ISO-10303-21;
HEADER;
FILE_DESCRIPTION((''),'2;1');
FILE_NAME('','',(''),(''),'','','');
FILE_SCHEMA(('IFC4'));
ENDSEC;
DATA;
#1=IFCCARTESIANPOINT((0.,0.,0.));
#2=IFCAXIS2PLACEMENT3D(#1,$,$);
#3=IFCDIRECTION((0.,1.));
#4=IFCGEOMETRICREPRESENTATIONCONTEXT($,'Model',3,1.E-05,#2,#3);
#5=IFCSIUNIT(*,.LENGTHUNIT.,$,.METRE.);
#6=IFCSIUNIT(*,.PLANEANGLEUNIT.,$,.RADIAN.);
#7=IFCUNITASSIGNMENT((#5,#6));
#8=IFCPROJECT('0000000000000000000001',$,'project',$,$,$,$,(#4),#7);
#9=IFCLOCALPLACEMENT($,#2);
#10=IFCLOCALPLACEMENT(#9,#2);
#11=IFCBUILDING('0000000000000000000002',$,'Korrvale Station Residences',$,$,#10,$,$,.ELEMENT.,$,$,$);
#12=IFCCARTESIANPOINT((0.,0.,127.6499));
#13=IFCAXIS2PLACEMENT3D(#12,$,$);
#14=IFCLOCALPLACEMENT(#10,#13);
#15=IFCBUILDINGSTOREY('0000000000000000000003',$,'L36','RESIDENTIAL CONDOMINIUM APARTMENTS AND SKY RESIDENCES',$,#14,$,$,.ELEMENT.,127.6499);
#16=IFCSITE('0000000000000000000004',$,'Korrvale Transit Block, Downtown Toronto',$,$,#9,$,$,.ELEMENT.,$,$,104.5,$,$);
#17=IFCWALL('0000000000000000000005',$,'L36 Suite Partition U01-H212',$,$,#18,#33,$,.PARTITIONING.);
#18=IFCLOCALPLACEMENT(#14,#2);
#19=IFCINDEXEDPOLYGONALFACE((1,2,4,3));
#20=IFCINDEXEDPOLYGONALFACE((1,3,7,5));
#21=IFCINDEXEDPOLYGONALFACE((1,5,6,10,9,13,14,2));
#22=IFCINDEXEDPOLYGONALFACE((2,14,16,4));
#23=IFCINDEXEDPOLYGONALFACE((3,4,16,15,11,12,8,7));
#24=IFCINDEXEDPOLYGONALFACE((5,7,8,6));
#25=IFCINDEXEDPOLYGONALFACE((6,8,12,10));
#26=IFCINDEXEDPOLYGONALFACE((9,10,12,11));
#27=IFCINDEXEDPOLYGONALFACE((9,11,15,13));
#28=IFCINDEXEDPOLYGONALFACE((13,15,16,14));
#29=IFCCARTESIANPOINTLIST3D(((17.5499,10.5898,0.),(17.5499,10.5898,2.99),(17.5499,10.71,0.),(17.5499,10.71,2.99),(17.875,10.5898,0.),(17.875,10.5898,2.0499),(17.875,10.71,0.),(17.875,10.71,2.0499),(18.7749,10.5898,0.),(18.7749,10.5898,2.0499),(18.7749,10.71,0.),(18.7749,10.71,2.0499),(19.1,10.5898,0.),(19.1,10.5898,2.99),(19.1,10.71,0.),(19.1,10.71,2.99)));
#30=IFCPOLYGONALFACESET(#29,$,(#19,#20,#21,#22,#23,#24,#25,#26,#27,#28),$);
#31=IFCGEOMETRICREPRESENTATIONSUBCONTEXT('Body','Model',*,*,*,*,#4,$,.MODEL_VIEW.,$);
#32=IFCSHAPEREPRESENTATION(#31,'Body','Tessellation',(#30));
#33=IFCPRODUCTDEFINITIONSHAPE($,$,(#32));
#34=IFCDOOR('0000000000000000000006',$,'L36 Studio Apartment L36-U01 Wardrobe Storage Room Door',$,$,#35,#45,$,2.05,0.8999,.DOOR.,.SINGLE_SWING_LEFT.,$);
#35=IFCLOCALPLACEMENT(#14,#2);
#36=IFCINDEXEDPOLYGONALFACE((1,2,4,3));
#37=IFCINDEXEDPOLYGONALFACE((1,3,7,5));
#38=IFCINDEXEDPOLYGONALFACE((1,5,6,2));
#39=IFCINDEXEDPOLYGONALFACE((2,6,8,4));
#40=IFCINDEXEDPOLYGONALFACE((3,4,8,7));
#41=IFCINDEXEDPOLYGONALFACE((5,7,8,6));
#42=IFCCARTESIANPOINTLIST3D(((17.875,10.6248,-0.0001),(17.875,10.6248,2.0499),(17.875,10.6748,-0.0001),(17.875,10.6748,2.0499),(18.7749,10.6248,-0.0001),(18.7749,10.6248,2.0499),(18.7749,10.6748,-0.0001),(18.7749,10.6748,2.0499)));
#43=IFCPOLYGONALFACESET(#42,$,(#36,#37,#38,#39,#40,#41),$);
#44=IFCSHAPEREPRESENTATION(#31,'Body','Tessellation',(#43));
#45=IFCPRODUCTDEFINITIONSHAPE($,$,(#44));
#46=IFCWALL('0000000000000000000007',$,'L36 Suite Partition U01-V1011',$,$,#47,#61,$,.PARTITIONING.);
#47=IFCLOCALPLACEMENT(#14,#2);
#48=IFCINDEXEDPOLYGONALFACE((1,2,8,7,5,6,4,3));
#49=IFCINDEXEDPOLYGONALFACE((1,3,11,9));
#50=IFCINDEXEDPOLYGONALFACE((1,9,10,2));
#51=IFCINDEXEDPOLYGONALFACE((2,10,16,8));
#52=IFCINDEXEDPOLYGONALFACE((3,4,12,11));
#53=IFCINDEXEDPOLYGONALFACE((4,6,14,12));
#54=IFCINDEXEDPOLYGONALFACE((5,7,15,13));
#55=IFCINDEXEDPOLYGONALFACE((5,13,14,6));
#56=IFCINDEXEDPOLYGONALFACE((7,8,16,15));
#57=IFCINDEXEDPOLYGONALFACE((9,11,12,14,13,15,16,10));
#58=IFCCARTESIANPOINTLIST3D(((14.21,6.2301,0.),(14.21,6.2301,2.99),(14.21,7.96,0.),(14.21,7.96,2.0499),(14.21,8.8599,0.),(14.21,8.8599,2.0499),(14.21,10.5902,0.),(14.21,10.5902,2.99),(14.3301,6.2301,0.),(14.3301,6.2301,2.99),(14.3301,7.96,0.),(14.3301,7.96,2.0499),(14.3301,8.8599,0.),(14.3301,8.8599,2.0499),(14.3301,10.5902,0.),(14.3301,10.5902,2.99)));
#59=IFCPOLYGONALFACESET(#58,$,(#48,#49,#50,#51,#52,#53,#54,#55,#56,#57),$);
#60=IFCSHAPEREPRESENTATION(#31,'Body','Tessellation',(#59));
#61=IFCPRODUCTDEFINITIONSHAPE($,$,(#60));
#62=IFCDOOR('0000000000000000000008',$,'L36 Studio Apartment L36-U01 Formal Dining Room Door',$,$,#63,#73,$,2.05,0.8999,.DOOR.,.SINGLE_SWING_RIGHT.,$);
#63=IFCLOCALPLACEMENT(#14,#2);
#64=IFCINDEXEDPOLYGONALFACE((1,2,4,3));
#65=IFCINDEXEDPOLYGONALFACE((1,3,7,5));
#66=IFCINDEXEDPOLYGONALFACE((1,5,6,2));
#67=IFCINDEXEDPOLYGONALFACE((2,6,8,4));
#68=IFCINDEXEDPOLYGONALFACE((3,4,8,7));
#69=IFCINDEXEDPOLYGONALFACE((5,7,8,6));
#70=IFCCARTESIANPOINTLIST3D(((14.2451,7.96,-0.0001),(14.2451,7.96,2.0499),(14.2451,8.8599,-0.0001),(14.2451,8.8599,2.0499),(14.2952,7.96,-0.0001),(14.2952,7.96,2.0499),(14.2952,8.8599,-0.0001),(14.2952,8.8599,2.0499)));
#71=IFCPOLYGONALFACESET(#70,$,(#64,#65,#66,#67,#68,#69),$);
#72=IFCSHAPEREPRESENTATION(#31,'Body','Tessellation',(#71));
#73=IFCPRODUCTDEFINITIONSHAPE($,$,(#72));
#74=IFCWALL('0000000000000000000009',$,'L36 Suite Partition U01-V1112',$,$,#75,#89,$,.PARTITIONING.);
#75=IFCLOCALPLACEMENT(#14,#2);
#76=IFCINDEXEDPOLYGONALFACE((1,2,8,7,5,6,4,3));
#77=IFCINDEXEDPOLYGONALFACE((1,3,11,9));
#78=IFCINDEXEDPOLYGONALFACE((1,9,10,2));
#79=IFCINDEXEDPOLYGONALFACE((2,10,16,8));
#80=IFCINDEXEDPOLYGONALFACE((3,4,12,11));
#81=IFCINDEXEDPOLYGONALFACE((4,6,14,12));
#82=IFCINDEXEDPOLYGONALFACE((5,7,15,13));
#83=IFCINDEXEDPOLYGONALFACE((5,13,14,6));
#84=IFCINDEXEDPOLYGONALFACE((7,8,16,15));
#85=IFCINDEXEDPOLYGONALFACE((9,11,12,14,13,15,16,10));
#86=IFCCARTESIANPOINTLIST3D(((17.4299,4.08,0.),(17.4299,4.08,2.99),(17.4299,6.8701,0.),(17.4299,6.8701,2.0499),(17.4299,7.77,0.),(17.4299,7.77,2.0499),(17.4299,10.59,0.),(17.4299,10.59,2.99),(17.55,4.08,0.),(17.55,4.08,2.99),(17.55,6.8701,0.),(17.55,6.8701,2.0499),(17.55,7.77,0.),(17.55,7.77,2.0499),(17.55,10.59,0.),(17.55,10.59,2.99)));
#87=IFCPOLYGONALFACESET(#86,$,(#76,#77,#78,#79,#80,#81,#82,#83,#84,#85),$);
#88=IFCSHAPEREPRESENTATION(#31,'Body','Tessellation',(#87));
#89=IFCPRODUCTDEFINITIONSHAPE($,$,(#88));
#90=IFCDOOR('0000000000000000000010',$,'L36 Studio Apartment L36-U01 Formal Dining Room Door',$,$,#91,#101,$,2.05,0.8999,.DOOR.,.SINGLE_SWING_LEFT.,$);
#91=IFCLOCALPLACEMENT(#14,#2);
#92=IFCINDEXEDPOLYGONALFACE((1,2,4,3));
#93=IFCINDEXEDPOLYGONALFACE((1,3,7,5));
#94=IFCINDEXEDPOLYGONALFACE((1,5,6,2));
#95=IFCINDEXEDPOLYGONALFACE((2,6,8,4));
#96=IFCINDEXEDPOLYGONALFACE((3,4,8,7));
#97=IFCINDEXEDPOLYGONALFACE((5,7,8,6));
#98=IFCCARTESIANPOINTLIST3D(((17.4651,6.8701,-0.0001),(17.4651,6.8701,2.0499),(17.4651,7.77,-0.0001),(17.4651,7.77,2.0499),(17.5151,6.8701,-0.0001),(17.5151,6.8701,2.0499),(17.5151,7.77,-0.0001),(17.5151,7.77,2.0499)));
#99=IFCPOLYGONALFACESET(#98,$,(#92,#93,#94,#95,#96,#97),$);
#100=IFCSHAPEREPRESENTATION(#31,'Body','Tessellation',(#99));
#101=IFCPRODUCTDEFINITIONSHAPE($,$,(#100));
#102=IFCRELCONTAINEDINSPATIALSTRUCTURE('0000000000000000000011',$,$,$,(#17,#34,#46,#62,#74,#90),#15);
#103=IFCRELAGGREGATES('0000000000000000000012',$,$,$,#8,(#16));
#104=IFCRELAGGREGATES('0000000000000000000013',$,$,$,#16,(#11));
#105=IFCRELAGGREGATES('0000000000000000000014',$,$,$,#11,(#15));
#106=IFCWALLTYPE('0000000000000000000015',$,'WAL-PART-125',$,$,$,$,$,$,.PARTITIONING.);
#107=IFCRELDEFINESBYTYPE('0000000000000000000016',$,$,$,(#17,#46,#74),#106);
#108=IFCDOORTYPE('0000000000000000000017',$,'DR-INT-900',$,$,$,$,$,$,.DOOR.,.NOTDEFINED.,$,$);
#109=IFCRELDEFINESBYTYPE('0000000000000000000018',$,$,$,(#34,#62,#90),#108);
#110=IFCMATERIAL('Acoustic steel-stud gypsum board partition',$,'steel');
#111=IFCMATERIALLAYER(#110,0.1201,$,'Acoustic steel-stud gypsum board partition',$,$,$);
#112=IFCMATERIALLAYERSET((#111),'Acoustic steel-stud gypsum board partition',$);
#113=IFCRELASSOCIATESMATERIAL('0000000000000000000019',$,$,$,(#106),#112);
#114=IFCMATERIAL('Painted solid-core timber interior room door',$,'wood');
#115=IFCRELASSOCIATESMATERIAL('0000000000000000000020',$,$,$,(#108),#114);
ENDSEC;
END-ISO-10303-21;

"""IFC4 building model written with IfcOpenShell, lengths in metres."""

from ifc_helpers import new_model, si_unit, direction, frame, frame_2d, origin, place, context, subcontext, project, spatial, rectangle, extrude, material, layer, layer_set, type_object, element, fill, save


model = new_model("IFC4")

# Units and contexts
model_context = context("Model", 3, precision=1e-05, world=origin(), true_north=direction((0.0, 1.0)))
body_context = subcontext(model_context, "Body", "Model", "MODEL_VIEW")
ifc_project = project(units=[si_unit("LENGTHUNIT", "METRE"), si_unit("PLANEANGLEUNIT", "RADIAN")], contexts=[model_context])

# Site, building, storey
site_placement = place(None, origin())
site = spatial("IfcSite", under=ifc_project, at=site_placement, Name="Korrvale Transit Block, Downtown Toronto", CompositionType="ELEMENT", RefElevation=104.5)
building_placement = place(site_placement, origin())
building = spatial("IfcBuilding", under=site, at=building_placement, Name="Korrvale Station Residences", CompositionType="ELEMENT")
storey_placement = place(building_placement, frame((0.0, 0.0, 127.6499)))
storey = spatial("IfcBuildingStorey", under=building, at=storey_placement, Name="L36", Description="RESIDENTIAL CONDOMINIUM APARTMENTS AND SKY RESIDENCES", CompositionType="ELEMENT", Elevation=127.6499)

# Shared definitions
ifc_material_1 = material(Name="Acoustic steel-stud gypsum board partition", Category="steel")
ifc_layer_1 = layer(ifc_material_1, 0.1201, Name="Acoustic steel-stud gypsum board partition")
ifc_layer_set_1 = layer_set([ifc_layer_1], Name="Acoustic steel-stud gypsum board partition")
wall_type_1 = type_object("IfcWallType", Name="WAL-PART-125", PredefinedType="PARTITIONING", material=ifc_layer_set_1)
ifc_material_2 = material(Name="Painted solid-core timber interior room door", Category="wood")
door_type_1 = type_object("IfcDoorType", Name="DR-INT-900", OperationType="NOTDEFINED", PredefinedType="DOOR", material=ifc_material_2)

# Walls, openings, doors
wall_1_placement = place(storey_placement, frame((17.55, 10.6499, 0.0), z_axis=(0.0, 0.0, 1.0), x_axis=(1.0, 0.0, 0.0)))
wall_1 = element("IfcWall", 1, at=wall_1_placement, inside=storey, type_object=wall_type_1, Name="L36 Suite Partition U01-H212", PredefinedType="PARTITIONING", context=body_context, shape_type="SweptSolid", body=[
    extrude(rectangle(XDim=1.55, YDim=0.1201, at=frame_2d((0.7749, 0.0))), origin(), (0.0, 0.0, 1.0), 2.99),
])
opening_1_placement = place(wall_1_placement, frame((0.325, 0.0, 0.0)))
opening_1 = element("IfcOpeningElement", 2, at=opening_1_placement, cuts=wall_1, PredefinedType="OPENING", context=body_context, shape_type="SweptSolid", body=[
    extrude(rectangle(XDim=0.8999, YDim=2.05, at=frame_2d((0.45, 1.0249))), frame((0.0, 0.0701, 0.0), z_axis=(0.0, -1.0, 0.0), x_axis=(1.0, 0.0, 0.0)), (0.0, 0.0, 1.0), 0.1401),
])
door_1_placement = place(opening_1_placement, origin())
door_1 = element("IfcDoor", 3, at=door_1_placement, inside=storey, type_object=door_type_1, Name="L36 Studio Apartment L36-U01 Wardrobe Storage Room Door", OperationType="SINGLE_SWING_LEFT", OverallHeight=2.05, OverallWidth=0.8999, PredefinedType="DOOR", context=body_context, shape_type="SweptSolid", body=[
    extrude(rectangle(XDim=0.8999, YDim=2.05, at=frame_2d((0.45, 1.0249))), frame((0.0, 0.0249, 0.0), z_axis=(0.0, -1.0, 0.0), x_axis=(1.0, 0.0, 0.0)), (0.0, 0.0, 1.0), 0.05),
])
fill(opening_1, door_1)
wall_2_placement = place(storey_placement, frame((14.27, 6.23, 0.0), z_axis=(0.0, 0.0, 1.0), x_axis=(0.0, 1.0, 0.0)))
wall_2 = element("IfcWall", 4, at=wall_2_placement, inside=storey, type_object=wall_type_1, Name="L36 Suite Partition U01-V1011", PredefinedType="PARTITIONING", context=body_context, shape_type="SweptSolid", body=[
    extrude(rectangle(XDim=4.3601, YDim=0.1201, at=frame_2d((2.1802, 0.0))), origin(), (0.0, 0.0, 1.0), 2.99),
])
opening_2_placement = place(wall_2_placement, frame((1.73, 0.0, 0.0)))
opening_2 = element("IfcOpeningElement", 5, at=opening_2_placement, cuts=wall_2, PredefinedType="OPENING", context=body_context, shape_type="SweptSolid", body=[
    extrude(rectangle(XDim=0.8999, YDim=2.05, at=frame_2d((0.45, 1.0249))), frame((0.0, 0.0701, 0.0), z_axis=(0.0, -1.0, 0.0), x_axis=(1.0, 0.0, 0.0)), (0.0, 0.0, 1.0), 0.1401),
])
door_2_placement = place(opening_2_placement, origin())
door_2 = element("IfcDoor", 6, at=door_2_placement, inside=storey, type_object=door_type_1, Name="L36 Studio Apartment L36-U01 Formal Dining Room Door", OperationType="SINGLE_SWING_RIGHT", OverallHeight=2.05, OverallWidth=0.8999, PredefinedType="DOOR", context=body_context, shape_type="SweptSolid", body=[
    extrude(rectangle(XDim=0.8999, YDim=2.05, at=frame_2d((0.45, 1.0249))), frame((0.0, 0.0249, 0.0), z_axis=(0.0, -1.0, 0.0), x_axis=(1.0, 0.0, 0.0)), (0.0, 0.0, 1.0), 0.05),
])
fill(opening_2, door_2)
wall_3_placement = place(storey_placement, frame((17.49, 4.0801, 0.0), z_axis=(0.0, 0.0, 1.0), x_axis=(0.0, 1.0, 0.0)))
wall_3 = element("IfcWall", 7, at=wall_3_placement, inside=storey, type_object=wall_type_1, Name="L36 Suite Partition U01-V1112", PredefinedType="PARTITIONING", context=body_context, shape_type="SweptSolid", body=[
    extrude(rectangle(XDim=6.51, YDim=0.1201, at=frame_2d((3.2549, 0.0))), origin(), (0.0, 0.0, 1.0), 2.99),
])
opening_3_placement = place(wall_3_placement, frame((2.79, 0.0, 0.0)))
opening_3 = element("IfcOpeningElement", 8, at=opening_3_placement, cuts=wall_3, PredefinedType="OPENING", context=body_context, shape_type="SweptSolid", body=[
    extrude(rectangle(XDim=0.8999, YDim=2.05, at=frame_2d((0.45, 1.0249))), frame((0.0, 0.0701, 0.0), z_axis=(0.0, -1.0, 0.0), x_axis=(1.0, 0.0, 0.0)), (0.0, 0.0, 1.0), 0.1401),
])
door_3_placement = place(opening_3_placement, origin())
door_3 = element("IfcDoor", 9, at=door_3_placement, inside=storey, type_object=door_type_1, Name="L36 Studio Apartment L36-U01 Formal Dining Room Door", OperationType="SINGLE_SWING_LEFT", OverallHeight=2.05, OverallWidth=0.8999, PredefinedType="DOOR", context=body_context, shape_type="SweptSolid", body=[
    extrude(rectangle(XDim=0.8999, YDim=2.05, at=frame_2d((0.45, 1.0249))), frame((0.0, 0.0249, 0.0), z_axis=(0.0, -1.0, 0.0), x_axis=(1.0, 0.0, 0.0)), (0.0, 0.0, 1.0), 0.05),
])
fill(opening_3, door_3)

save(model, "model.ifc")
